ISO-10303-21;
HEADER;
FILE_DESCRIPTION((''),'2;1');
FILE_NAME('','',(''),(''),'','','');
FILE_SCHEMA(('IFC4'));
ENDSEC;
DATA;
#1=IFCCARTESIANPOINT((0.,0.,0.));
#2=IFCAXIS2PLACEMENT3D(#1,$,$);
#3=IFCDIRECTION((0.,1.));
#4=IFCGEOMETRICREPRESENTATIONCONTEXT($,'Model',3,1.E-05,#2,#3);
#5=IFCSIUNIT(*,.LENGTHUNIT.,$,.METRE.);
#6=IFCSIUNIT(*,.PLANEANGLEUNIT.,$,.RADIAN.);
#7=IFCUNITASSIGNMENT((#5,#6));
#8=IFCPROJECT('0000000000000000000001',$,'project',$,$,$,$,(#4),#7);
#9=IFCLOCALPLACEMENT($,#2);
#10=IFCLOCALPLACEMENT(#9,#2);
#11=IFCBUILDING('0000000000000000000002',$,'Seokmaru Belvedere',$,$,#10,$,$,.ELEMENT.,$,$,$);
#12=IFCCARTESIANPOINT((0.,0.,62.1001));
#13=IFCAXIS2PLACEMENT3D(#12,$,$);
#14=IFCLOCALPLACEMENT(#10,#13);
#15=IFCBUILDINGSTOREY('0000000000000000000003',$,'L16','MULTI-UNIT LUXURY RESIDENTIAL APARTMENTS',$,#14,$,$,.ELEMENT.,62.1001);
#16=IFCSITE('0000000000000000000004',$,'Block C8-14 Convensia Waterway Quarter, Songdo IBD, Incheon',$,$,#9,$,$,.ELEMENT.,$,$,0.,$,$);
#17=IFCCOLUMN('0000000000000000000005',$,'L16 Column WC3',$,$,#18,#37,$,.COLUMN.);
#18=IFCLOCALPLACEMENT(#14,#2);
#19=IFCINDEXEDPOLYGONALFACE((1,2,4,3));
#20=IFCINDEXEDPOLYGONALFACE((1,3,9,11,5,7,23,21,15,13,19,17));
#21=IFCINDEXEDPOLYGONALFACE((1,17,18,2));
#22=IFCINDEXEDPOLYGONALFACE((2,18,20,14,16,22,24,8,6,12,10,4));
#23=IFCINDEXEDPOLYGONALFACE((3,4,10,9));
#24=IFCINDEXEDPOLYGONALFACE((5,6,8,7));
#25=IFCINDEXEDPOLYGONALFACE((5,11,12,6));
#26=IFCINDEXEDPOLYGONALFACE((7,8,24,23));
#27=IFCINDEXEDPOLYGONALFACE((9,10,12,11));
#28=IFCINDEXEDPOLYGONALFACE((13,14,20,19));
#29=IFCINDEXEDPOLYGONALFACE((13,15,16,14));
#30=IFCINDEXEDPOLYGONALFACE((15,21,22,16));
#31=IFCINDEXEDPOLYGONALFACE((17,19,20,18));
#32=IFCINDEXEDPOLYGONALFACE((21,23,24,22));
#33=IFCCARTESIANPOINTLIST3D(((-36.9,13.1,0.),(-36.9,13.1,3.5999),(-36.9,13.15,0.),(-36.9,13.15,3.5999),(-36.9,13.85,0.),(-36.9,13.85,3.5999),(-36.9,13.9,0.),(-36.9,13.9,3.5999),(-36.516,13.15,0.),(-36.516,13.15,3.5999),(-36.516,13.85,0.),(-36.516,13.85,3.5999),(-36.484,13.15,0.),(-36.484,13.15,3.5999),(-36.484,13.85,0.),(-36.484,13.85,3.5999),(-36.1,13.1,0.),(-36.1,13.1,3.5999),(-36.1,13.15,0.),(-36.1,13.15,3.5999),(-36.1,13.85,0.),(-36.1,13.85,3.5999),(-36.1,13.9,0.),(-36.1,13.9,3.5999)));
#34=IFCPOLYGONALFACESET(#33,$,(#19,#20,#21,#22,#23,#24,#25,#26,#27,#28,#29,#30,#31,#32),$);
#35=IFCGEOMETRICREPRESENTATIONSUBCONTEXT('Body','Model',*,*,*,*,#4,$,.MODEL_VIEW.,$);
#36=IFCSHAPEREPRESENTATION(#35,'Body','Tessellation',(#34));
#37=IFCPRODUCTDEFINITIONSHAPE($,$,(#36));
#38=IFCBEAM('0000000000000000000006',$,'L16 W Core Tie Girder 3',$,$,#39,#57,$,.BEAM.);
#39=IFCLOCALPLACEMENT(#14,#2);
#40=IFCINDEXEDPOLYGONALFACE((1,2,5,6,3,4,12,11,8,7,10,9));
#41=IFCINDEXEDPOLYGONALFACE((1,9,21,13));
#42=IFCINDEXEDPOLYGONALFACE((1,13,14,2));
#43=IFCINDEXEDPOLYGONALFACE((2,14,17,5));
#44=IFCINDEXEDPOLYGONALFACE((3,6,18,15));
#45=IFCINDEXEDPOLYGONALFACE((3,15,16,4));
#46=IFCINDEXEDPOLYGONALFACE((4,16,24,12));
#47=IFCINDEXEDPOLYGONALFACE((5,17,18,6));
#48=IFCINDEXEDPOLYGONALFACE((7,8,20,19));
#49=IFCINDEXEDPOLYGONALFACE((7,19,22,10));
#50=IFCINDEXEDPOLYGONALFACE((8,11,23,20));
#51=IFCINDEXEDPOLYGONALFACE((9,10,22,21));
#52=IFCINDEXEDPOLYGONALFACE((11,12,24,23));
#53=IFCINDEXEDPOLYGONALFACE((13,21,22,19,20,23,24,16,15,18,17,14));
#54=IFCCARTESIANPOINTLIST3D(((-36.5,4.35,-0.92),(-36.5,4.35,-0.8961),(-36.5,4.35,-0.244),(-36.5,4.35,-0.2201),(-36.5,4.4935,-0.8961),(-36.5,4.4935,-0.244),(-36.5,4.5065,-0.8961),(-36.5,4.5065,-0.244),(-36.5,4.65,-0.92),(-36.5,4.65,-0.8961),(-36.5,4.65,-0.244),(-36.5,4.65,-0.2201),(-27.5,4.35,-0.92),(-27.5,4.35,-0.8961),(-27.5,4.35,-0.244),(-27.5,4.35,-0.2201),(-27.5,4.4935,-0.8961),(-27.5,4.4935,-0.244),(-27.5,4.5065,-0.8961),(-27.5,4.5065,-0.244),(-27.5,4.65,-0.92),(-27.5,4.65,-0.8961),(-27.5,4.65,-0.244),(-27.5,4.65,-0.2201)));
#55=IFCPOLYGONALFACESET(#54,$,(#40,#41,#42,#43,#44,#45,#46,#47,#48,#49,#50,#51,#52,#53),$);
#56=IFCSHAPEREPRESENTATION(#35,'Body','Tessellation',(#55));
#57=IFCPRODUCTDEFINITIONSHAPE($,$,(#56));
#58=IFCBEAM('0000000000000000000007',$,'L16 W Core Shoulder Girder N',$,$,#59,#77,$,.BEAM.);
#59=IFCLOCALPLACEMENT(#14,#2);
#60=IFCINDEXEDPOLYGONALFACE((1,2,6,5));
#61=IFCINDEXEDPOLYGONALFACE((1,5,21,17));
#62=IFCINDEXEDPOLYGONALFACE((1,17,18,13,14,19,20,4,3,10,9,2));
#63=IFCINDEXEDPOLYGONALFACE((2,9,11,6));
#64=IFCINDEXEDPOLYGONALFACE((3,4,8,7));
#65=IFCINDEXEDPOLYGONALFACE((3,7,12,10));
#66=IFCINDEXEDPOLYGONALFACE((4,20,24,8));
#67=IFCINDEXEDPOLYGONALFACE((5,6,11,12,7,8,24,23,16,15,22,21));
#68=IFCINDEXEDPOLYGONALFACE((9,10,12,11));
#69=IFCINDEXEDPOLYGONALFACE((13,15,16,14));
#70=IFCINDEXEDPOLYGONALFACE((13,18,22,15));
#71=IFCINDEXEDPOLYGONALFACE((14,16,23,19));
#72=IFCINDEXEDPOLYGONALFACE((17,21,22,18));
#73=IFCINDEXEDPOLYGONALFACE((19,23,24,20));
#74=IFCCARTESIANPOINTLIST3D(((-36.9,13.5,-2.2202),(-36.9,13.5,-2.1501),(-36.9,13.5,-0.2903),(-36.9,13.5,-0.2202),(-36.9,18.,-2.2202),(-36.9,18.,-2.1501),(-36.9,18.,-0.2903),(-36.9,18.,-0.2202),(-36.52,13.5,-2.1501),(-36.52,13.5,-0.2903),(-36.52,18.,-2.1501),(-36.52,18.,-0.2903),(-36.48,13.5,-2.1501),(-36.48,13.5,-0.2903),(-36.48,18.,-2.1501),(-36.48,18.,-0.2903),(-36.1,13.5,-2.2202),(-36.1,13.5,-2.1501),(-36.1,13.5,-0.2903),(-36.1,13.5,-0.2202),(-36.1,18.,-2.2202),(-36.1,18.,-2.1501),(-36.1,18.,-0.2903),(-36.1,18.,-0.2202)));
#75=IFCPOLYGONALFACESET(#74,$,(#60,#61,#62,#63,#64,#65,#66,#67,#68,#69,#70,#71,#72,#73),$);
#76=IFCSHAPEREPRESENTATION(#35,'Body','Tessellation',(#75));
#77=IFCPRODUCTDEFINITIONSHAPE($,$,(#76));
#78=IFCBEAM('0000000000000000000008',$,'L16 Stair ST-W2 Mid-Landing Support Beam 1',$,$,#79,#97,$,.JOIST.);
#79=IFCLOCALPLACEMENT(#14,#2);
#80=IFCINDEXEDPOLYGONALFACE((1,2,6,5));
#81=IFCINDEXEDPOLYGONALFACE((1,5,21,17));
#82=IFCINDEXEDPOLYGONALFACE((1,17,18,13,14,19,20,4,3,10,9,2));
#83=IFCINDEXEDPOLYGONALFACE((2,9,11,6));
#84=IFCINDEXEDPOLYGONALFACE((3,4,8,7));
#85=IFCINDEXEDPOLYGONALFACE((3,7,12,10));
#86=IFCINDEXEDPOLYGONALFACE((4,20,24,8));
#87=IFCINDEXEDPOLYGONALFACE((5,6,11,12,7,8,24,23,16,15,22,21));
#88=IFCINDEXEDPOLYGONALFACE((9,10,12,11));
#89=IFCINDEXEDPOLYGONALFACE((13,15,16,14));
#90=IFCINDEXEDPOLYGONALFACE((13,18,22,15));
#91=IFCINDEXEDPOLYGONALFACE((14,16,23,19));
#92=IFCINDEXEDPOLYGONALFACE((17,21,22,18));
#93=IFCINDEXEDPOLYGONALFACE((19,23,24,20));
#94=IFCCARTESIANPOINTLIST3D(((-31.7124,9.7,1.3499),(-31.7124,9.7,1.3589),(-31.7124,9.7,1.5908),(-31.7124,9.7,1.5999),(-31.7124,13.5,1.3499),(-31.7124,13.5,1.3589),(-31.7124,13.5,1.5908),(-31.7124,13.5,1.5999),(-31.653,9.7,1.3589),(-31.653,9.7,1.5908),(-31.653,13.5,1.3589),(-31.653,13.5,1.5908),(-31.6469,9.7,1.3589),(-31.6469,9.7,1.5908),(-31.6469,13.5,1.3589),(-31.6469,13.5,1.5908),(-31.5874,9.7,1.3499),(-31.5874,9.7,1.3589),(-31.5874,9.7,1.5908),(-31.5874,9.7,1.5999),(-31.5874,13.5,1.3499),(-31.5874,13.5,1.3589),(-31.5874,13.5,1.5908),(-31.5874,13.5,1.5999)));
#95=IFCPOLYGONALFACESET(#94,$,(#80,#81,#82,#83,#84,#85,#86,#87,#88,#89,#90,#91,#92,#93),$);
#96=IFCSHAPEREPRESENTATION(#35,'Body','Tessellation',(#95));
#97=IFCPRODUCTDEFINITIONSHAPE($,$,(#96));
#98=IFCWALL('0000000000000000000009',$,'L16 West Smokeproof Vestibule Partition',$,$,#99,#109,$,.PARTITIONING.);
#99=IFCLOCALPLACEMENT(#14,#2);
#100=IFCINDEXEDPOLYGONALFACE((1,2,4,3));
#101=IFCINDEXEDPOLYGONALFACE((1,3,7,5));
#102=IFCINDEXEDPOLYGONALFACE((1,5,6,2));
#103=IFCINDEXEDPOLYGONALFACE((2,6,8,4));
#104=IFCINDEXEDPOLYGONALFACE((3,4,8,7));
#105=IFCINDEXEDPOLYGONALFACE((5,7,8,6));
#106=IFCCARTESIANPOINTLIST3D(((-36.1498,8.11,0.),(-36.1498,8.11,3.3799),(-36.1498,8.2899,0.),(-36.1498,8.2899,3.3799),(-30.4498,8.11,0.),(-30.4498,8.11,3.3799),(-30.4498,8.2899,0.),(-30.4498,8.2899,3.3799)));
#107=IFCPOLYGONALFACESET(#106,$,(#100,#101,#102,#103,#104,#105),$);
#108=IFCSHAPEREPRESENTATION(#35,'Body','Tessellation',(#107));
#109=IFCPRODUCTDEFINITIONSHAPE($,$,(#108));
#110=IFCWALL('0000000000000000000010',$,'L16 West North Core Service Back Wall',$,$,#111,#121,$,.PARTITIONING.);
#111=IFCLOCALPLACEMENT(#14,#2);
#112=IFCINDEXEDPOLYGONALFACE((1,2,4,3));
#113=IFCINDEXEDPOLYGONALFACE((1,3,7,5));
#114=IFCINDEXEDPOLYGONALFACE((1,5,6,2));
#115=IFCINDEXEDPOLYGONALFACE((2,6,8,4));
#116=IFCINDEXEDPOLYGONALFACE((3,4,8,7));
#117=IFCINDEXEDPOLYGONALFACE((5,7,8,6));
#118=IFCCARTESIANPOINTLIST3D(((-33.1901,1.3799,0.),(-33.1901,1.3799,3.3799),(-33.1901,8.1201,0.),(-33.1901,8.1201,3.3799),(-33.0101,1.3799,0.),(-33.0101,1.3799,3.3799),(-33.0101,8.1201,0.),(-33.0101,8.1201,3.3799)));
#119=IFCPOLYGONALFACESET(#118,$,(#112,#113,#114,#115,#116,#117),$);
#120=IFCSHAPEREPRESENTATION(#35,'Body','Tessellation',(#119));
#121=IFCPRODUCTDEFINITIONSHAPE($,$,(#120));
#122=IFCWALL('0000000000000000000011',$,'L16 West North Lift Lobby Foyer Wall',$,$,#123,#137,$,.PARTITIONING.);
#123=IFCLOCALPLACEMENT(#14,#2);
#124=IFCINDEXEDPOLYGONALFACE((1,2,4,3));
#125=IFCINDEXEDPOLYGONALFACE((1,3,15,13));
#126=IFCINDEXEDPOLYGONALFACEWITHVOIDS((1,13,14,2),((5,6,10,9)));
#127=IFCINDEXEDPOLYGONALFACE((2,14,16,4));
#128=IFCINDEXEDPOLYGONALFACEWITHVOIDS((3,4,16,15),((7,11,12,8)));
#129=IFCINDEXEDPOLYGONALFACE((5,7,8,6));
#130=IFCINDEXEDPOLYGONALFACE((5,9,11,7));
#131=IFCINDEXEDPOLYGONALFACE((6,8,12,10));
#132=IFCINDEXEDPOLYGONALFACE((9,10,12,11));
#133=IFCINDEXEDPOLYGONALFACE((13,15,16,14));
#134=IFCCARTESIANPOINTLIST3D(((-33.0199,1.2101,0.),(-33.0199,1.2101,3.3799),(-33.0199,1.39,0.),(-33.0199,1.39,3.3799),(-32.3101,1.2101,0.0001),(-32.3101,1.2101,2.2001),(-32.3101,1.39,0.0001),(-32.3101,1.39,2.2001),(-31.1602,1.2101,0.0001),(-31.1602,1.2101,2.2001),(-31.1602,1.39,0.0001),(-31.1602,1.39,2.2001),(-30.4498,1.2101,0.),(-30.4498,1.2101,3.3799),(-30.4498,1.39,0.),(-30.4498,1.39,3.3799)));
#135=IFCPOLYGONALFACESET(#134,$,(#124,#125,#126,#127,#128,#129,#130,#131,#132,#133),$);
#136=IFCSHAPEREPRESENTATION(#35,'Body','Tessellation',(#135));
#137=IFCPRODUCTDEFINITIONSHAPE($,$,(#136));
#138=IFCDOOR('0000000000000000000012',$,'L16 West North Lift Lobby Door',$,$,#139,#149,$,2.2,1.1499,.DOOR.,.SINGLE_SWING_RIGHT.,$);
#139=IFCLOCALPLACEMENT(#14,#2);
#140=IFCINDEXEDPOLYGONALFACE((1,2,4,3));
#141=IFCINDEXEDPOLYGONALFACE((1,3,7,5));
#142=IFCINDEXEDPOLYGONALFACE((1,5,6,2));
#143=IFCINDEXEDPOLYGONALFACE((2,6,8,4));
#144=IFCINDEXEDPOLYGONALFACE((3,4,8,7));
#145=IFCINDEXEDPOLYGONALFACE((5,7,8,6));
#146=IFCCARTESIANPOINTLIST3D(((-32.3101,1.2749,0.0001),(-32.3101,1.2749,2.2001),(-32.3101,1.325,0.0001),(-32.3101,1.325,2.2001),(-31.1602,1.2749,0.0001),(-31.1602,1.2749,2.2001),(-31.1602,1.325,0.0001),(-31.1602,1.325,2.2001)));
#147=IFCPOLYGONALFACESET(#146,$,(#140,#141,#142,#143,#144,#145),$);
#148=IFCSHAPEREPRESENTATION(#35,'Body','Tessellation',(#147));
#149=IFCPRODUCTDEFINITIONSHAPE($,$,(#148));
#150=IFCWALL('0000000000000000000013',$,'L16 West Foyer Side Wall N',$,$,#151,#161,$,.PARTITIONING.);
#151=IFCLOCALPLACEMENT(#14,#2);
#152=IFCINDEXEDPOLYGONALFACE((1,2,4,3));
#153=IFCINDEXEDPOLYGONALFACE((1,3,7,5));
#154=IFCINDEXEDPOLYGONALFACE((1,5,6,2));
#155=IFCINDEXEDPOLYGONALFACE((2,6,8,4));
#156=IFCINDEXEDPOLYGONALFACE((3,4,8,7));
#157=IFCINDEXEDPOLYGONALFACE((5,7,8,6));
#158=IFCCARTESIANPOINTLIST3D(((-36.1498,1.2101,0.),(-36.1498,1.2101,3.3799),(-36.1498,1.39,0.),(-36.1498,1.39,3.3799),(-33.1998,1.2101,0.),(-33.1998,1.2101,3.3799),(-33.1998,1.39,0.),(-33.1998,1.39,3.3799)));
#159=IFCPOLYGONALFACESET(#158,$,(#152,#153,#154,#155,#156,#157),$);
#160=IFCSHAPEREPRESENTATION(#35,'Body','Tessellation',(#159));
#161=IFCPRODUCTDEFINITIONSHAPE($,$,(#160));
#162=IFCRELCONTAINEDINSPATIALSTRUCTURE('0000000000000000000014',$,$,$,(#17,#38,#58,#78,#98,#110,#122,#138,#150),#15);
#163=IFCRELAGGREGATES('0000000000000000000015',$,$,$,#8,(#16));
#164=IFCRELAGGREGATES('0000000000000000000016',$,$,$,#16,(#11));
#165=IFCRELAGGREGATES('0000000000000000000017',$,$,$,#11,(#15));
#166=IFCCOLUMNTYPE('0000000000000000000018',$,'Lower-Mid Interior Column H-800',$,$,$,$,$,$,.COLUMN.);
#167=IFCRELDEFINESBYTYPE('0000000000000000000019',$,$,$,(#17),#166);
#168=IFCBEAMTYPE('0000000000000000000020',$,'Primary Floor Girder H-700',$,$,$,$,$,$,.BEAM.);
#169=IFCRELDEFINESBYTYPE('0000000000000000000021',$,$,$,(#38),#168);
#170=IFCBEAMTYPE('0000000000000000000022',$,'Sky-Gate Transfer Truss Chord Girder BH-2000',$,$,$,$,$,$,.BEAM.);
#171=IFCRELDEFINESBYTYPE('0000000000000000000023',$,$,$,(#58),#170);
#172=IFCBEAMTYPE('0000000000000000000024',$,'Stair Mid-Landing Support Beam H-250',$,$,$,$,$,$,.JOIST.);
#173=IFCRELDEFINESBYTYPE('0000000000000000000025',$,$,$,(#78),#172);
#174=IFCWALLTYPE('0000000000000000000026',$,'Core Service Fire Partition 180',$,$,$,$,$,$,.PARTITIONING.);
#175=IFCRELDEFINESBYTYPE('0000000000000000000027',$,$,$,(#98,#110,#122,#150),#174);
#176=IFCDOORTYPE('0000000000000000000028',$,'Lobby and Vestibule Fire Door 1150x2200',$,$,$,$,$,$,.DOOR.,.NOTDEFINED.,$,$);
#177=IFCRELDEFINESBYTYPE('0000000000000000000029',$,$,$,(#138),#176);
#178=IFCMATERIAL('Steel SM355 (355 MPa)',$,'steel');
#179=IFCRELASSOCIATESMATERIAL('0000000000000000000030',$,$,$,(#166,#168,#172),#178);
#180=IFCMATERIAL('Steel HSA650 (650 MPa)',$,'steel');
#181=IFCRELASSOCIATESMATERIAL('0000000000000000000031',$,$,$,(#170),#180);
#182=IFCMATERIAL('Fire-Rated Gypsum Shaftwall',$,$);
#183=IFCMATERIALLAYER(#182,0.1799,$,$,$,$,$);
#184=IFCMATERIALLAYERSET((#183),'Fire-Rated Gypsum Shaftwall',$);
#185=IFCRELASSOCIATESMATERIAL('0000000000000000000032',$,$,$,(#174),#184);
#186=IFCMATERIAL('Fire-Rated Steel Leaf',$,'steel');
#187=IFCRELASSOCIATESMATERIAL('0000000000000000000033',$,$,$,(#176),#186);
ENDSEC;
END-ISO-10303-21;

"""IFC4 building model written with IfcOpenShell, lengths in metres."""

from ifc_helpers import new_model, si_unit, direction, frame, frame_2d, origin, origin_2d, place, context, subcontext, project, spatial, rectangle, i_section, extrude, source, transform, mapped, material, layer, layer_set, material_profile, profile_set, type_object, type_shapes, element, fill, save


model = new_model("IFC4")

# Units and contexts
model_context = context("Model", 3, precision=1e-05, world=origin(), true_north=direction((0.0, 1.0)))
body_context = subcontext(model_context, "Body", "Model", "MODEL_VIEW")
ifc_project = project(units=[si_unit("LENGTHUNIT", "METRE"), si_unit("PLANEANGLEUNIT", "RADIAN")], contexts=[model_context])

# Site, building, storey
site_placement = place(None, origin())
site = spatial("IfcSite", under=ifc_project, at=site_placement, Name="Block C8-14 Convensia Waterway Quarter, Songdo IBD, Incheon", CompositionType="ELEMENT", RefElevation=0.0)
building_placement = place(site_placement, origin())
building = spatial("IfcBuilding", under=site, at=building_placement, Name="Seokmaru Belvedere", CompositionType="ELEMENT")
storey_placement = place(building_placement, frame((0.0, 0.0, 62.1001)))
storey = spatial("IfcBuildingStorey", under=building, at=storey_placement, Name="L16", Description="MULTI-UNIT LUXURY RESIDENTIAL APARTMENTS", CompositionType="ELEMENT", Elevation=62.1001)

# Column
ifc_material_1 = material(Name="Steel SM355 (355 MPa)", Category="steel")
ifc_material_profile_1 = material_profile(ifc_material_1, i_section(OverallWidth=0.8, OverallDepth=0.8, WebThickness=0.032, FlangeThickness=0.05, at=origin_2d()), Name="H-800x800x32x50")
ifc_profile_set_1 = profile_set([ifc_material_profile_1], Name="Steel SM355 (355 MPa)")
column_type = type_object("IfcColumnType", Name="Lower-Mid Interior Column H-800", PredefinedType="COLUMN", material=ifc_profile_set_1)
shared_shape_1 = source(origin(), body_context, "Body", "SweptSolid", [
    extrude(i_section(OverallWidth=0.8, OverallDepth=0.8, WebThickness=0.032, FlangeThickness=0.05, at=origin_2d()), origin(), (0.0, 0.0, 1.0), 3.5999),
])
type_shapes(column_type, [shared_shape_1])
column_placement = place(storey_placement, frame((-36.5, 13.5, 0.0), z_axis=(0.0, 0.0, 1.0), x_axis=(1.0, 0.0, 0.0)))
element("IfcColumn", 1, at=column_placement, inside=storey, type_object=column_type, Name="L16 Column WC3", PredefinedType="COLUMN", context=body_context, shape_type="MappedRepresentation", body=[
    mapped(shared_shape_1, transform((0.0, 0.0, 0.0), scale=1.0)),
])

# Beams
ifc_material_profile_2 = material_profile(ifc_material_1, i_section(OverallWidth=0.3, OverallDepth=0.7, WebThickness=0.0129, FlangeThickness=0.0239, at=origin_2d()), Name="H-700x300x13x24")
ifc_profile_set_2 = profile_set([ifc_material_profile_2], Name="Steel SM355 (355 MPa)")
beam_type_1 = type_object("IfcBeamType", Name="Primary Floor Girder H-700", PredefinedType="BEAM", material=ifc_profile_set_2)
shared_shape_2 = source(origin(), body_context, "Body", "SweptSolid", [
    extrude(i_section(OverallWidth=0.3, OverallDepth=0.7, WebThickness=0.0129, FlangeThickness=0.0239, at=origin_2d()), origin(), (0.0, 0.0, 1.0), 9.0),
])
type_shapes(beam_type_1, [shared_shape_2])
beam_1_placement = place(storey_placement, frame((-36.5, 4.5, -0.5701), z_axis=(1.0, 0.0, 0.0), x_axis=(0.0, 1.0, 0.0)))
element("IfcBeam", 2, at=beam_1_placement, inside=storey, type_object=beam_type_1, Name="L16 W Core Tie Girder 3", PredefinedType="BEAM", context=body_context, shape_type="MappedRepresentation", body=[
    mapped(shared_shape_2, transform((0.0, 0.0, 0.0), scale=1.0)),
])
ifc_material_2 = material(Name="Steel HSA650 (650 MPa)", Category="steel")
ifc_material_profile_3 = material_profile(ifc_material_2, i_section(OverallWidth=0.8, OverallDepth=2.0, WebThickness=0.04, FlangeThickness=0.0701, at=origin_2d()), Name="BH-2000x800x40x70")
ifc_profile_set_3 = profile_set([ifc_material_profile_3], Name="Steel HSA650 (650 MPa)")
beam_type_2 = type_object("IfcBeamType", Name="Sky-Gate Transfer Truss Chord Girder BH-2000", PredefinedType="BEAM", material=ifc_profile_set_3)
shared_shape_3 = source(origin(), body_context, "Body", "SweptSolid", [
    extrude(i_section(OverallWidth=0.8, OverallDepth=2.0, WebThickness=0.04, FlangeThickness=0.0701, at=origin_2d()), origin(), (0.0, 0.0, 1.0), 4.5),
])
type_shapes(beam_type_2, [shared_shape_3])
beam_2_placement = place(storey_placement, frame((-36.5, 13.5, -1.2202), z_axis=(0.0, 1.0, 0.0), x_axis=(-1.0, 0.0, 0.0)))
element("IfcBeam", 3, at=beam_2_placement, inside=storey, type_object=beam_type_2, Name="L16 W Core Shoulder Girder N", PredefinedType="BEAM", context=body_context, shape_type="MappedRepresentation", body=[
    mapped(shared_shape_3, transform((0.0, 0.0, 0.0), scale=1.0)),
])
ifc_material_profile_4 = material_profile(ifc_material_1, i_section(OverallWidth=0.125, OverallDepth=0.25, WebThickness=0.0061, FlangeThickness=0.009, at=origin_2d()), Name="H-250x125x6x9")
ifc_profile_set_4 = profile_set([ifc_material_profile_4], Name="Steel SM355 (355 MPa)")
beam_type_3 = type_object("IfcBeamType", Name="Stair Mid-Landing Support Beam H-250", PredefinedType="JOIST", material=ifc_profile_set_4)
shared_shape_4 = source(origin(), body_context, "Body", "SweptSolid", [
    extrude(i_section(OverallWidth=0.125, OverallDepth=0.25, WebThickness=0.0061, FlangeThickness=0.009, at=origin_2d()), origin(), (0.0, 0.0, 1.0), 3.8),
])
type_shapes(beam_type_3, [shared_shape_4])
beam_3_placement = place(storey_placement, frame((-31.6499, 9.7, 1.4749), z_axis=(0.0, 1.0, 0.0), x_axis=(-1.0, 0.0, 0.0)))
element("IfcBeam", 4, at=beam_3_placement, inside=storey, type_object=beam_type_3, Name="L16 Stair ST-W2 Mid-Landing Support Beam 1", PredefinedType="JOIST", context=body_context, shape_type="MappedRepresentation", body=[
    mapped(shared_shape_4, transform((0.0, 0.0, 0.0), scale=1.0)),
])

# Walls
ifc_material_3 = material(Name="Fire-Rated Gypsum Shaftwall")
ifc_layer_1 = layer(ifc_material_3, 0.1799)
ifc_layer_set_1 = layer_set([ifc_layer_1], Name="Fire-Rated Gypsum Shaftwall")
wall_type_1 = type_object("IfcWallType", Name="Core Service Fire Partition 180", PredefinedType="PARTITIONING", material=ifc_layer_set_1)
wall_1_placement = place(storey_placement, frame((-36.1499, 8.2, 0.0), z_axis=(0.0, 0.0, 1.0), x_axis=(1.0, 0.0, 0.0)))
element("IfcWall", 5, at=wall_1_placement, inside=storey, type_object=wall_type_1, Name="L16 West Smokeproof Vestibule Partition", PredefinedType="PARTITIONING", context=body_context, shape_type="SweptSolid", body=[
    extrude(rectangle(XDim=5.7, YDim=0.1799, at=frame_2d((2.8501, 0.0))), origin(), (0.0, 0.0, 1.0), 3.3799),
])
wall_2_placement = place(storey_placement, frame((-33.1001, 1.3799, 0.0), z_axis=(0.0, 0.0, 1.0), x_axis=(0.0, 1.0, 0.0)))
element("IfcWall", 6, at=wall_2_placement, inside=storey, type_object=wall_type_1, Name="L16 West North Core Service Back Wall", PredefinedType="PARTITIONING", context=body_context, shape_type="SweptSolid", body=[
    extrude(rectangle(XDim=6.7402, YDim=0.1799, at=frame_2d((3.3701, 0.0))), origin(), (0.0, 0.0, 1.0), 3.3799),
])

# Wall, opening, door
wall_3_placement = place(storey_placement, frame((-33.02, 1.3, 0.0), z_axis=(0.0, 0.0, 1.0), x_axis=(1.0, 0.0, 0.0)))
wall_3 = element("IfcWall", 7, at=wall_3_placement, inside=storey, type_object=wall_type_1, Name="L16 West North Lift Lobby Foyer Wall", PredefinedType="PARTITIONING", context=body_context, shape_type="SweptSolid", body=[
    extrude(rectangle(XDim=2.5701, YDim=0.1799, at=frame_2d((1.2852, 0.0))), origin(), (0.0, 0.0, 1.0), 3.3799),
])
opening_1_placement = place(wall_3_placement, frame((0.71, 0.0, 0.0)))
opening_1 = element("IfcOpeningElement", 8, at=opening_1_placement, cuts=wall_3, PredefinedType="OPENING", context=body_context, shape_type="SweptSolid", body=[
    extrude(rectangle(XDim=1.1499, YDim=2.2, at=frame_2d((0.575, 1.1001))), frame((0.0, 0.1001, 0.0), z_axis=(0.0, -1.0, 0.0), x_axis=(1.0, 0.0, 0.0)), (0.0, 0.0, 1.0), 0.2),
])
ifc_material_4 = material(Name="Fire-Rated Steel Leaf", Category="steel")
door_type_1 = type_object("IfcDoorType", Name="Lobby and Vestibule Fire Door 1150x2200", OperationType="NOTDEFINED", PredefinedType="DOOR", material=ifc_material_4)
shared_shape_5 = source(origin(), body_context, "Body", "SweptSolid", [
    extrude(rectangle(XDim=1.1499, YDim=2.2, at=frame_2d((0.575, 1.1001))), frame((0.0, 0.0249, 0.0), z_axis=(0.0, -1.0, 0.0), x_axis=(1.0, 0.0, 0.0)), (0.0, 0.0, 1.0), 0.05),
])
type_shapes(door_type_1, [shared_shape_5])
door_1_placement = place(opening_1_placement, origin())
door_1 = element("IfcDoor", 9, at=door_1_placement, inside=storey, type_object=door_type_1, Name="L16 West North Lift Lobby Door", OperationType="SINGLE_SWING_RIGHT", OverallHeight=2.2, OverallWidth=1.1499, PredefinedType="DOOR", context=body_context, shape_type="MappedRepresentation", body=[
    mapped(shared_shape_5, transform((0.0, 0.0, 0.0), scale=1.0)),
])
fill(opening_1, door_1)

# Wall
wall_4_placement = place(storey_placement, frame((-36.1499, 1.3, 0.0), z_axis=(0.0, 0.0, 1.0), x_axis=(1.0, 0.0, 0.0)))
element("IfcWall", 10, at=wall_4_placement, inside=storey, type_object=wall_type_1, Name="L16 West Foyer Side Wall N", PredefinedType="PARTITIONING", context=body_context, shape_type="SweptSolid", body=[
    extrude(rectangle(XDim=2.95, YDim=0.1799, at=frame_2d((1.4751, 0.0))), origin(), (0.0, 0.0, 1.0), 3.3799),
])

save(model, "model.ifc")
